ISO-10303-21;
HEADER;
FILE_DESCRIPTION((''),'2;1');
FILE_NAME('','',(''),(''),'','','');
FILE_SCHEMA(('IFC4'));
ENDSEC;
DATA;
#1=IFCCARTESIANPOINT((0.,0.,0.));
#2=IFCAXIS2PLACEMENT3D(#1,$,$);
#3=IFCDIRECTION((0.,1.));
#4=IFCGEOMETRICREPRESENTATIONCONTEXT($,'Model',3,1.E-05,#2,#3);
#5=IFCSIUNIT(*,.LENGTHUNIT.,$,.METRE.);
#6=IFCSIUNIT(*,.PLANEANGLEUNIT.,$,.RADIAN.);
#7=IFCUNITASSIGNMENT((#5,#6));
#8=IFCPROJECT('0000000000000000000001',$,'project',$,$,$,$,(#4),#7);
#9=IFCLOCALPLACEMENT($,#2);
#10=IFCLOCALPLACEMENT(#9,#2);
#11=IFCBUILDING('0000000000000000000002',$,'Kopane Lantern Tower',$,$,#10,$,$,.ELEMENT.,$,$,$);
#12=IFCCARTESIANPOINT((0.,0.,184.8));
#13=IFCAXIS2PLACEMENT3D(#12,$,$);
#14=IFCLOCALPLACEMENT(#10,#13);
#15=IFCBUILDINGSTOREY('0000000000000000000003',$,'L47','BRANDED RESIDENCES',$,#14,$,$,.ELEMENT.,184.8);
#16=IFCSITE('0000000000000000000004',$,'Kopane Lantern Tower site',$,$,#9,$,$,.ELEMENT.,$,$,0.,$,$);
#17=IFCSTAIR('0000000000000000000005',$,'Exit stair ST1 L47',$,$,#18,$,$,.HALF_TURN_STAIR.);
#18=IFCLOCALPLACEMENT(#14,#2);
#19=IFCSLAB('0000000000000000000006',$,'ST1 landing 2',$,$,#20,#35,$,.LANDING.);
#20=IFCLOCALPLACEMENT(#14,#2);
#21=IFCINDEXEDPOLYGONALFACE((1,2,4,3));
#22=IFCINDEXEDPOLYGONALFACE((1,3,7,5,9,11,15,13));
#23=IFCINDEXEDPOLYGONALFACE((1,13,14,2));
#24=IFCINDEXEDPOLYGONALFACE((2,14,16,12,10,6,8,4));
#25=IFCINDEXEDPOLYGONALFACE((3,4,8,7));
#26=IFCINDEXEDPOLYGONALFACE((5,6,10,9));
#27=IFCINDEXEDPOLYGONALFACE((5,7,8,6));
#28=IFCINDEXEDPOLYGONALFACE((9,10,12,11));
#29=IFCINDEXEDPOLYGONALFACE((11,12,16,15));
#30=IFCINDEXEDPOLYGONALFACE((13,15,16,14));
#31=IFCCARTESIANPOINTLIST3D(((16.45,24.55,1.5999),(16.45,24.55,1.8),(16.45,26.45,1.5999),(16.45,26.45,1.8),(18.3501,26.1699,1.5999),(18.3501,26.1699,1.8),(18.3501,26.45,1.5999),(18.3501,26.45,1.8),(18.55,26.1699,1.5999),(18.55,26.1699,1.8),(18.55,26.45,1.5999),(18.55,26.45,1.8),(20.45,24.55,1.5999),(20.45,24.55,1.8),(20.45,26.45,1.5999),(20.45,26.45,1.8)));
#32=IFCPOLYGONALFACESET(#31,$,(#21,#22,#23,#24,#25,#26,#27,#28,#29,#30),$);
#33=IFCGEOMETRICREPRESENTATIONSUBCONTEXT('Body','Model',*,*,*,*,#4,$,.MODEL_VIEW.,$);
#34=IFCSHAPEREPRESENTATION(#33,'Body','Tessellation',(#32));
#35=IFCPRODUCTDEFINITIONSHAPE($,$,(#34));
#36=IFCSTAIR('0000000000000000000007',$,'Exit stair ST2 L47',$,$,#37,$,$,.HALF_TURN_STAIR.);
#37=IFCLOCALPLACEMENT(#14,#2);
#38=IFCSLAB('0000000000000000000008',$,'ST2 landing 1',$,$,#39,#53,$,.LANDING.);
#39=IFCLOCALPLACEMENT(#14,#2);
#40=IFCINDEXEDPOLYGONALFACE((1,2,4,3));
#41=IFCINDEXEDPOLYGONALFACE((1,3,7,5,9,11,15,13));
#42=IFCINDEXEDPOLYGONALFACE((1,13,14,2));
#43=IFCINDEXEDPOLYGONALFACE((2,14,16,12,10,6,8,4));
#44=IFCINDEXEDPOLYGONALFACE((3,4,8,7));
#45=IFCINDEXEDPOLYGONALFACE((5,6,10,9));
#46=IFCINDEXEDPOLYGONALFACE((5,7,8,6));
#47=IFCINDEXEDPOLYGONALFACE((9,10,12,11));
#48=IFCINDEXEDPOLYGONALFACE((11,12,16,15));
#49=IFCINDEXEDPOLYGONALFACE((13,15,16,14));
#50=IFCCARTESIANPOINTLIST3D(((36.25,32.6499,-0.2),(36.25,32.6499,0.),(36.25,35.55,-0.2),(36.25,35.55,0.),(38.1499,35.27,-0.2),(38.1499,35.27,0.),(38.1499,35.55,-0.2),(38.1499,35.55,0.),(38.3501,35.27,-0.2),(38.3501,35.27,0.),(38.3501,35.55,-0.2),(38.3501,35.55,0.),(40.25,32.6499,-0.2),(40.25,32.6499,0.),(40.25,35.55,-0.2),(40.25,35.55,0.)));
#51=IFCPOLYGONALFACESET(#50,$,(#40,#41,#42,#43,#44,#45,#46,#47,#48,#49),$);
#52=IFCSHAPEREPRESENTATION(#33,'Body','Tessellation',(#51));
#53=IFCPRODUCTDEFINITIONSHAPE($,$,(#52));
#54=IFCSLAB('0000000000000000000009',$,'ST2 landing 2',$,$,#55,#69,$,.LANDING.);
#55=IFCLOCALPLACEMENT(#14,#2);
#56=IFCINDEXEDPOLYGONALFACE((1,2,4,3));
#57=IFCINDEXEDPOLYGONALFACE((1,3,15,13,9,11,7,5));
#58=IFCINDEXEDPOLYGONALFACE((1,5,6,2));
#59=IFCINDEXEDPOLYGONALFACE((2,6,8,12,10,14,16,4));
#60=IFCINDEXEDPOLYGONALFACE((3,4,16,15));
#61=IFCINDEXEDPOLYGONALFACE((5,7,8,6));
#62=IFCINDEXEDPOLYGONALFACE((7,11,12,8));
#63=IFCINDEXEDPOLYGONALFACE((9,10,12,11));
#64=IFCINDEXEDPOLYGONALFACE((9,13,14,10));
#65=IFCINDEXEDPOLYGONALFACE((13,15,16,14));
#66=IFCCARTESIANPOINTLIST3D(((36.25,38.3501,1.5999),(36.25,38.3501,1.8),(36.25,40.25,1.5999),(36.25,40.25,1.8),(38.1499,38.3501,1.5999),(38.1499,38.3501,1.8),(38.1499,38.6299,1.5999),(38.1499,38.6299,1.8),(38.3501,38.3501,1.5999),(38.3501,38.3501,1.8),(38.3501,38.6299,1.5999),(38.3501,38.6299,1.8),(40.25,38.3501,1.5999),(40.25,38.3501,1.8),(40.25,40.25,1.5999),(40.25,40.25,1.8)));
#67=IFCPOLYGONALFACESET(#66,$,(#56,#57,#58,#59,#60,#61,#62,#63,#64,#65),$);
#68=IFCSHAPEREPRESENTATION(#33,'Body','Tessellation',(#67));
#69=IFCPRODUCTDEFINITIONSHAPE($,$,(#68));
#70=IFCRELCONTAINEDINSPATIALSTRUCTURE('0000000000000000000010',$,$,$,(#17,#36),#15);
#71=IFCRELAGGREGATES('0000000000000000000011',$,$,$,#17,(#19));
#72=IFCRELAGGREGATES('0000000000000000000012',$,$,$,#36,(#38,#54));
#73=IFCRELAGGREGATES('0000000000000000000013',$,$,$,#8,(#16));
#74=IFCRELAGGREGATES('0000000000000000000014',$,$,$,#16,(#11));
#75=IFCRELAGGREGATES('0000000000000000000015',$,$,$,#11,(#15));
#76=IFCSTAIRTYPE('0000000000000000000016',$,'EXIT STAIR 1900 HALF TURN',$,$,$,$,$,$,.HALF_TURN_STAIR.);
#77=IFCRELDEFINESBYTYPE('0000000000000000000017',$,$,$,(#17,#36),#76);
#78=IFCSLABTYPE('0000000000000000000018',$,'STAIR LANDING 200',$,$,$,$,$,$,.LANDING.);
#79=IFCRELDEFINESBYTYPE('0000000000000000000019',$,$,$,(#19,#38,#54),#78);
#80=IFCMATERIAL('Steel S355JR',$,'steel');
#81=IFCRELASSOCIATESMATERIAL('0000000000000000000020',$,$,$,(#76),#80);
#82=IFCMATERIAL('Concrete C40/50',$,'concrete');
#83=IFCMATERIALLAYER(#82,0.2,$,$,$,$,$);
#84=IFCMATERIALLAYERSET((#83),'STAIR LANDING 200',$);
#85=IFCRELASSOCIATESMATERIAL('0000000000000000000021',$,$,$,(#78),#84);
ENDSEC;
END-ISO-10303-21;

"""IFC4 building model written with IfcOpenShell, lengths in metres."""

from ifc_helpers import new_model, si_unit, direction, frame, origin, place, context, subcontext, project, spatial, polyline, outline, extrude, material, layer, layer_set, type_object, element, aggregate, save


model = new_model("IFC4")

# Units and contexts
model_context = context("Model", 3, precision=1e-05, world=origin(), true_north=direction((0.0, 1.0)))
body_context = subcontext(model_context, "Body", "Model", "MODEL_VIEW")
ifc_project = project(units=[si_unit("LENGTHUNIT", "METRE"), si_unit("PLANEANGLEUNIT", "RADIAN")], contexts=[model_context])

# Site, building, storey
site_placement = place(None, origin())
site = spatial("IfcSite", under=ifc_project, at=site_placement, Name="Kopane Lantern Tower site", CompositionType="ELEMENT", RefElevation=0.0)
building_placement = place(site_placement, origin())
building = spatial("IfcBuilding", under=site, at=building_placement, Name="Kopane Lantern Tower", CompositionType="ELEMENT")
storey_placement = place(building_placement, frame((0.0, 0.0, 184.8)))
storey = spatial("IfcBuildingStorey", under=building, at=storey_placement, Name="L47", Description="BRANDED RESIDENCES", CompositionType="ELEMENT", Elevation=184.8)

# Stairs, slabs
ifc_material_1 = material(Name="Steel S355JR", Category="steel")
stair_type = type_object("IfcStairType", Name="EXIT STAIR 1900 HALF TURN", PredefinedType="HALF_TURN_STAIR", material=ifc_material_1)
stair_1_placement = place(storey_placement, origin())
stair_1 = element("IfcStair", 1, at=stair_1_placement, inside=storey, type_object=stair_type, Name="Exit stair ST1 L47", PredefinedType="HALF_TURN_STAIR")
ifc_material_2 = material(Name="Concrete C40/50", Category="concrete")
ifc_layer_1 = layer(ifc_material_2, 0.2)
ifc_layer_set_1 = layer_set([ifc_layer_1], Name="STAIR LANDING 200")
slab_type_1 = type_object("IfcSlabType", Name="STAIR LANDING 200", PredefinedType="LANDING", material=ifc_layer_set_1)
slab_1_placement = place(storey_placement, frame((0.0, 0.0, 1.5999)))
slab_1 = element("IfcSlab", 2, at=slab_1_placement, type_object=slab_type_1, Name="ST1 landing 2", PredefinedType="LANDING", context=body_context, shape_type="SweptSolid", body=[
    extrude(outline(polyline([(20.45, 26.45), (18.55, 26.45), (18.55, 26.1699), (18.3501, 26.1699), (18.3501, 26.45), (16.45, 26.45), (16.45, 24.55), (20.45, 24.55), (20.45, 26.45)])), origin(), (0.0, 0.0, 1.0), 0.2002),
])
aggregate(stair_1, [slab_1])
stair_2_placement = place(storey_placement, origin())
stair_2 = element("IfcStair", 3, at=stair_2_placement, inside=storey, type_object=stair_type, Name="Exit stair ST2 L47", PredefinedType="HALF_TURN_STAIR")
slab_2_placement = place(storey_placement, frame((0.0, 0.0, -0.2)))
slab_2 = element("IfcSlab", 4, at=slab_2_placement, type_object=slab_type_1, Name="ST2 landing 1", PredefinedType="LANDING", context=body_context, shape_type="SweptSolid", body=[
    extrude(outline(polyline([(40.25, 35.55), (38.3501, 35.55), (38.3501, 35.27), (38.1499, 35.27), (38.1499, 35.55), (36.25, 35.55), (36.25, 32.6499), (40.25, 32.6499), (40.25, 35.55)])), origin(), (0.0, 0.0, 1.0), 0.2),
])
slab_3_placement = place(storey_placement, frame((0.0, 0.0, 1.5999)))
slab_3 = element("IfcSlab", 5, at=slab_3_placement, type_object=slab_type_1, Name="ST2 landing 2", PredefinedType="LANDING", context=body_context, shape_type="SweptSolid", body=[
    extrude(outline(polyline([(38.1499, 38.6299), (38.3501, 38.6299), (38.3501, 38.3501), (40.25, 38.3501), (40.25, 40.25), (36.25, 40.25), (36.25, 38.3501), (38.1499, 38.3501), (38.1499, 38.6299)])), origin(), (0.0, 0.0, 1.0), 0.2002),
])
aggregate(stair_2, [slab_2, slab_3])

save(model, "model.ifc")
